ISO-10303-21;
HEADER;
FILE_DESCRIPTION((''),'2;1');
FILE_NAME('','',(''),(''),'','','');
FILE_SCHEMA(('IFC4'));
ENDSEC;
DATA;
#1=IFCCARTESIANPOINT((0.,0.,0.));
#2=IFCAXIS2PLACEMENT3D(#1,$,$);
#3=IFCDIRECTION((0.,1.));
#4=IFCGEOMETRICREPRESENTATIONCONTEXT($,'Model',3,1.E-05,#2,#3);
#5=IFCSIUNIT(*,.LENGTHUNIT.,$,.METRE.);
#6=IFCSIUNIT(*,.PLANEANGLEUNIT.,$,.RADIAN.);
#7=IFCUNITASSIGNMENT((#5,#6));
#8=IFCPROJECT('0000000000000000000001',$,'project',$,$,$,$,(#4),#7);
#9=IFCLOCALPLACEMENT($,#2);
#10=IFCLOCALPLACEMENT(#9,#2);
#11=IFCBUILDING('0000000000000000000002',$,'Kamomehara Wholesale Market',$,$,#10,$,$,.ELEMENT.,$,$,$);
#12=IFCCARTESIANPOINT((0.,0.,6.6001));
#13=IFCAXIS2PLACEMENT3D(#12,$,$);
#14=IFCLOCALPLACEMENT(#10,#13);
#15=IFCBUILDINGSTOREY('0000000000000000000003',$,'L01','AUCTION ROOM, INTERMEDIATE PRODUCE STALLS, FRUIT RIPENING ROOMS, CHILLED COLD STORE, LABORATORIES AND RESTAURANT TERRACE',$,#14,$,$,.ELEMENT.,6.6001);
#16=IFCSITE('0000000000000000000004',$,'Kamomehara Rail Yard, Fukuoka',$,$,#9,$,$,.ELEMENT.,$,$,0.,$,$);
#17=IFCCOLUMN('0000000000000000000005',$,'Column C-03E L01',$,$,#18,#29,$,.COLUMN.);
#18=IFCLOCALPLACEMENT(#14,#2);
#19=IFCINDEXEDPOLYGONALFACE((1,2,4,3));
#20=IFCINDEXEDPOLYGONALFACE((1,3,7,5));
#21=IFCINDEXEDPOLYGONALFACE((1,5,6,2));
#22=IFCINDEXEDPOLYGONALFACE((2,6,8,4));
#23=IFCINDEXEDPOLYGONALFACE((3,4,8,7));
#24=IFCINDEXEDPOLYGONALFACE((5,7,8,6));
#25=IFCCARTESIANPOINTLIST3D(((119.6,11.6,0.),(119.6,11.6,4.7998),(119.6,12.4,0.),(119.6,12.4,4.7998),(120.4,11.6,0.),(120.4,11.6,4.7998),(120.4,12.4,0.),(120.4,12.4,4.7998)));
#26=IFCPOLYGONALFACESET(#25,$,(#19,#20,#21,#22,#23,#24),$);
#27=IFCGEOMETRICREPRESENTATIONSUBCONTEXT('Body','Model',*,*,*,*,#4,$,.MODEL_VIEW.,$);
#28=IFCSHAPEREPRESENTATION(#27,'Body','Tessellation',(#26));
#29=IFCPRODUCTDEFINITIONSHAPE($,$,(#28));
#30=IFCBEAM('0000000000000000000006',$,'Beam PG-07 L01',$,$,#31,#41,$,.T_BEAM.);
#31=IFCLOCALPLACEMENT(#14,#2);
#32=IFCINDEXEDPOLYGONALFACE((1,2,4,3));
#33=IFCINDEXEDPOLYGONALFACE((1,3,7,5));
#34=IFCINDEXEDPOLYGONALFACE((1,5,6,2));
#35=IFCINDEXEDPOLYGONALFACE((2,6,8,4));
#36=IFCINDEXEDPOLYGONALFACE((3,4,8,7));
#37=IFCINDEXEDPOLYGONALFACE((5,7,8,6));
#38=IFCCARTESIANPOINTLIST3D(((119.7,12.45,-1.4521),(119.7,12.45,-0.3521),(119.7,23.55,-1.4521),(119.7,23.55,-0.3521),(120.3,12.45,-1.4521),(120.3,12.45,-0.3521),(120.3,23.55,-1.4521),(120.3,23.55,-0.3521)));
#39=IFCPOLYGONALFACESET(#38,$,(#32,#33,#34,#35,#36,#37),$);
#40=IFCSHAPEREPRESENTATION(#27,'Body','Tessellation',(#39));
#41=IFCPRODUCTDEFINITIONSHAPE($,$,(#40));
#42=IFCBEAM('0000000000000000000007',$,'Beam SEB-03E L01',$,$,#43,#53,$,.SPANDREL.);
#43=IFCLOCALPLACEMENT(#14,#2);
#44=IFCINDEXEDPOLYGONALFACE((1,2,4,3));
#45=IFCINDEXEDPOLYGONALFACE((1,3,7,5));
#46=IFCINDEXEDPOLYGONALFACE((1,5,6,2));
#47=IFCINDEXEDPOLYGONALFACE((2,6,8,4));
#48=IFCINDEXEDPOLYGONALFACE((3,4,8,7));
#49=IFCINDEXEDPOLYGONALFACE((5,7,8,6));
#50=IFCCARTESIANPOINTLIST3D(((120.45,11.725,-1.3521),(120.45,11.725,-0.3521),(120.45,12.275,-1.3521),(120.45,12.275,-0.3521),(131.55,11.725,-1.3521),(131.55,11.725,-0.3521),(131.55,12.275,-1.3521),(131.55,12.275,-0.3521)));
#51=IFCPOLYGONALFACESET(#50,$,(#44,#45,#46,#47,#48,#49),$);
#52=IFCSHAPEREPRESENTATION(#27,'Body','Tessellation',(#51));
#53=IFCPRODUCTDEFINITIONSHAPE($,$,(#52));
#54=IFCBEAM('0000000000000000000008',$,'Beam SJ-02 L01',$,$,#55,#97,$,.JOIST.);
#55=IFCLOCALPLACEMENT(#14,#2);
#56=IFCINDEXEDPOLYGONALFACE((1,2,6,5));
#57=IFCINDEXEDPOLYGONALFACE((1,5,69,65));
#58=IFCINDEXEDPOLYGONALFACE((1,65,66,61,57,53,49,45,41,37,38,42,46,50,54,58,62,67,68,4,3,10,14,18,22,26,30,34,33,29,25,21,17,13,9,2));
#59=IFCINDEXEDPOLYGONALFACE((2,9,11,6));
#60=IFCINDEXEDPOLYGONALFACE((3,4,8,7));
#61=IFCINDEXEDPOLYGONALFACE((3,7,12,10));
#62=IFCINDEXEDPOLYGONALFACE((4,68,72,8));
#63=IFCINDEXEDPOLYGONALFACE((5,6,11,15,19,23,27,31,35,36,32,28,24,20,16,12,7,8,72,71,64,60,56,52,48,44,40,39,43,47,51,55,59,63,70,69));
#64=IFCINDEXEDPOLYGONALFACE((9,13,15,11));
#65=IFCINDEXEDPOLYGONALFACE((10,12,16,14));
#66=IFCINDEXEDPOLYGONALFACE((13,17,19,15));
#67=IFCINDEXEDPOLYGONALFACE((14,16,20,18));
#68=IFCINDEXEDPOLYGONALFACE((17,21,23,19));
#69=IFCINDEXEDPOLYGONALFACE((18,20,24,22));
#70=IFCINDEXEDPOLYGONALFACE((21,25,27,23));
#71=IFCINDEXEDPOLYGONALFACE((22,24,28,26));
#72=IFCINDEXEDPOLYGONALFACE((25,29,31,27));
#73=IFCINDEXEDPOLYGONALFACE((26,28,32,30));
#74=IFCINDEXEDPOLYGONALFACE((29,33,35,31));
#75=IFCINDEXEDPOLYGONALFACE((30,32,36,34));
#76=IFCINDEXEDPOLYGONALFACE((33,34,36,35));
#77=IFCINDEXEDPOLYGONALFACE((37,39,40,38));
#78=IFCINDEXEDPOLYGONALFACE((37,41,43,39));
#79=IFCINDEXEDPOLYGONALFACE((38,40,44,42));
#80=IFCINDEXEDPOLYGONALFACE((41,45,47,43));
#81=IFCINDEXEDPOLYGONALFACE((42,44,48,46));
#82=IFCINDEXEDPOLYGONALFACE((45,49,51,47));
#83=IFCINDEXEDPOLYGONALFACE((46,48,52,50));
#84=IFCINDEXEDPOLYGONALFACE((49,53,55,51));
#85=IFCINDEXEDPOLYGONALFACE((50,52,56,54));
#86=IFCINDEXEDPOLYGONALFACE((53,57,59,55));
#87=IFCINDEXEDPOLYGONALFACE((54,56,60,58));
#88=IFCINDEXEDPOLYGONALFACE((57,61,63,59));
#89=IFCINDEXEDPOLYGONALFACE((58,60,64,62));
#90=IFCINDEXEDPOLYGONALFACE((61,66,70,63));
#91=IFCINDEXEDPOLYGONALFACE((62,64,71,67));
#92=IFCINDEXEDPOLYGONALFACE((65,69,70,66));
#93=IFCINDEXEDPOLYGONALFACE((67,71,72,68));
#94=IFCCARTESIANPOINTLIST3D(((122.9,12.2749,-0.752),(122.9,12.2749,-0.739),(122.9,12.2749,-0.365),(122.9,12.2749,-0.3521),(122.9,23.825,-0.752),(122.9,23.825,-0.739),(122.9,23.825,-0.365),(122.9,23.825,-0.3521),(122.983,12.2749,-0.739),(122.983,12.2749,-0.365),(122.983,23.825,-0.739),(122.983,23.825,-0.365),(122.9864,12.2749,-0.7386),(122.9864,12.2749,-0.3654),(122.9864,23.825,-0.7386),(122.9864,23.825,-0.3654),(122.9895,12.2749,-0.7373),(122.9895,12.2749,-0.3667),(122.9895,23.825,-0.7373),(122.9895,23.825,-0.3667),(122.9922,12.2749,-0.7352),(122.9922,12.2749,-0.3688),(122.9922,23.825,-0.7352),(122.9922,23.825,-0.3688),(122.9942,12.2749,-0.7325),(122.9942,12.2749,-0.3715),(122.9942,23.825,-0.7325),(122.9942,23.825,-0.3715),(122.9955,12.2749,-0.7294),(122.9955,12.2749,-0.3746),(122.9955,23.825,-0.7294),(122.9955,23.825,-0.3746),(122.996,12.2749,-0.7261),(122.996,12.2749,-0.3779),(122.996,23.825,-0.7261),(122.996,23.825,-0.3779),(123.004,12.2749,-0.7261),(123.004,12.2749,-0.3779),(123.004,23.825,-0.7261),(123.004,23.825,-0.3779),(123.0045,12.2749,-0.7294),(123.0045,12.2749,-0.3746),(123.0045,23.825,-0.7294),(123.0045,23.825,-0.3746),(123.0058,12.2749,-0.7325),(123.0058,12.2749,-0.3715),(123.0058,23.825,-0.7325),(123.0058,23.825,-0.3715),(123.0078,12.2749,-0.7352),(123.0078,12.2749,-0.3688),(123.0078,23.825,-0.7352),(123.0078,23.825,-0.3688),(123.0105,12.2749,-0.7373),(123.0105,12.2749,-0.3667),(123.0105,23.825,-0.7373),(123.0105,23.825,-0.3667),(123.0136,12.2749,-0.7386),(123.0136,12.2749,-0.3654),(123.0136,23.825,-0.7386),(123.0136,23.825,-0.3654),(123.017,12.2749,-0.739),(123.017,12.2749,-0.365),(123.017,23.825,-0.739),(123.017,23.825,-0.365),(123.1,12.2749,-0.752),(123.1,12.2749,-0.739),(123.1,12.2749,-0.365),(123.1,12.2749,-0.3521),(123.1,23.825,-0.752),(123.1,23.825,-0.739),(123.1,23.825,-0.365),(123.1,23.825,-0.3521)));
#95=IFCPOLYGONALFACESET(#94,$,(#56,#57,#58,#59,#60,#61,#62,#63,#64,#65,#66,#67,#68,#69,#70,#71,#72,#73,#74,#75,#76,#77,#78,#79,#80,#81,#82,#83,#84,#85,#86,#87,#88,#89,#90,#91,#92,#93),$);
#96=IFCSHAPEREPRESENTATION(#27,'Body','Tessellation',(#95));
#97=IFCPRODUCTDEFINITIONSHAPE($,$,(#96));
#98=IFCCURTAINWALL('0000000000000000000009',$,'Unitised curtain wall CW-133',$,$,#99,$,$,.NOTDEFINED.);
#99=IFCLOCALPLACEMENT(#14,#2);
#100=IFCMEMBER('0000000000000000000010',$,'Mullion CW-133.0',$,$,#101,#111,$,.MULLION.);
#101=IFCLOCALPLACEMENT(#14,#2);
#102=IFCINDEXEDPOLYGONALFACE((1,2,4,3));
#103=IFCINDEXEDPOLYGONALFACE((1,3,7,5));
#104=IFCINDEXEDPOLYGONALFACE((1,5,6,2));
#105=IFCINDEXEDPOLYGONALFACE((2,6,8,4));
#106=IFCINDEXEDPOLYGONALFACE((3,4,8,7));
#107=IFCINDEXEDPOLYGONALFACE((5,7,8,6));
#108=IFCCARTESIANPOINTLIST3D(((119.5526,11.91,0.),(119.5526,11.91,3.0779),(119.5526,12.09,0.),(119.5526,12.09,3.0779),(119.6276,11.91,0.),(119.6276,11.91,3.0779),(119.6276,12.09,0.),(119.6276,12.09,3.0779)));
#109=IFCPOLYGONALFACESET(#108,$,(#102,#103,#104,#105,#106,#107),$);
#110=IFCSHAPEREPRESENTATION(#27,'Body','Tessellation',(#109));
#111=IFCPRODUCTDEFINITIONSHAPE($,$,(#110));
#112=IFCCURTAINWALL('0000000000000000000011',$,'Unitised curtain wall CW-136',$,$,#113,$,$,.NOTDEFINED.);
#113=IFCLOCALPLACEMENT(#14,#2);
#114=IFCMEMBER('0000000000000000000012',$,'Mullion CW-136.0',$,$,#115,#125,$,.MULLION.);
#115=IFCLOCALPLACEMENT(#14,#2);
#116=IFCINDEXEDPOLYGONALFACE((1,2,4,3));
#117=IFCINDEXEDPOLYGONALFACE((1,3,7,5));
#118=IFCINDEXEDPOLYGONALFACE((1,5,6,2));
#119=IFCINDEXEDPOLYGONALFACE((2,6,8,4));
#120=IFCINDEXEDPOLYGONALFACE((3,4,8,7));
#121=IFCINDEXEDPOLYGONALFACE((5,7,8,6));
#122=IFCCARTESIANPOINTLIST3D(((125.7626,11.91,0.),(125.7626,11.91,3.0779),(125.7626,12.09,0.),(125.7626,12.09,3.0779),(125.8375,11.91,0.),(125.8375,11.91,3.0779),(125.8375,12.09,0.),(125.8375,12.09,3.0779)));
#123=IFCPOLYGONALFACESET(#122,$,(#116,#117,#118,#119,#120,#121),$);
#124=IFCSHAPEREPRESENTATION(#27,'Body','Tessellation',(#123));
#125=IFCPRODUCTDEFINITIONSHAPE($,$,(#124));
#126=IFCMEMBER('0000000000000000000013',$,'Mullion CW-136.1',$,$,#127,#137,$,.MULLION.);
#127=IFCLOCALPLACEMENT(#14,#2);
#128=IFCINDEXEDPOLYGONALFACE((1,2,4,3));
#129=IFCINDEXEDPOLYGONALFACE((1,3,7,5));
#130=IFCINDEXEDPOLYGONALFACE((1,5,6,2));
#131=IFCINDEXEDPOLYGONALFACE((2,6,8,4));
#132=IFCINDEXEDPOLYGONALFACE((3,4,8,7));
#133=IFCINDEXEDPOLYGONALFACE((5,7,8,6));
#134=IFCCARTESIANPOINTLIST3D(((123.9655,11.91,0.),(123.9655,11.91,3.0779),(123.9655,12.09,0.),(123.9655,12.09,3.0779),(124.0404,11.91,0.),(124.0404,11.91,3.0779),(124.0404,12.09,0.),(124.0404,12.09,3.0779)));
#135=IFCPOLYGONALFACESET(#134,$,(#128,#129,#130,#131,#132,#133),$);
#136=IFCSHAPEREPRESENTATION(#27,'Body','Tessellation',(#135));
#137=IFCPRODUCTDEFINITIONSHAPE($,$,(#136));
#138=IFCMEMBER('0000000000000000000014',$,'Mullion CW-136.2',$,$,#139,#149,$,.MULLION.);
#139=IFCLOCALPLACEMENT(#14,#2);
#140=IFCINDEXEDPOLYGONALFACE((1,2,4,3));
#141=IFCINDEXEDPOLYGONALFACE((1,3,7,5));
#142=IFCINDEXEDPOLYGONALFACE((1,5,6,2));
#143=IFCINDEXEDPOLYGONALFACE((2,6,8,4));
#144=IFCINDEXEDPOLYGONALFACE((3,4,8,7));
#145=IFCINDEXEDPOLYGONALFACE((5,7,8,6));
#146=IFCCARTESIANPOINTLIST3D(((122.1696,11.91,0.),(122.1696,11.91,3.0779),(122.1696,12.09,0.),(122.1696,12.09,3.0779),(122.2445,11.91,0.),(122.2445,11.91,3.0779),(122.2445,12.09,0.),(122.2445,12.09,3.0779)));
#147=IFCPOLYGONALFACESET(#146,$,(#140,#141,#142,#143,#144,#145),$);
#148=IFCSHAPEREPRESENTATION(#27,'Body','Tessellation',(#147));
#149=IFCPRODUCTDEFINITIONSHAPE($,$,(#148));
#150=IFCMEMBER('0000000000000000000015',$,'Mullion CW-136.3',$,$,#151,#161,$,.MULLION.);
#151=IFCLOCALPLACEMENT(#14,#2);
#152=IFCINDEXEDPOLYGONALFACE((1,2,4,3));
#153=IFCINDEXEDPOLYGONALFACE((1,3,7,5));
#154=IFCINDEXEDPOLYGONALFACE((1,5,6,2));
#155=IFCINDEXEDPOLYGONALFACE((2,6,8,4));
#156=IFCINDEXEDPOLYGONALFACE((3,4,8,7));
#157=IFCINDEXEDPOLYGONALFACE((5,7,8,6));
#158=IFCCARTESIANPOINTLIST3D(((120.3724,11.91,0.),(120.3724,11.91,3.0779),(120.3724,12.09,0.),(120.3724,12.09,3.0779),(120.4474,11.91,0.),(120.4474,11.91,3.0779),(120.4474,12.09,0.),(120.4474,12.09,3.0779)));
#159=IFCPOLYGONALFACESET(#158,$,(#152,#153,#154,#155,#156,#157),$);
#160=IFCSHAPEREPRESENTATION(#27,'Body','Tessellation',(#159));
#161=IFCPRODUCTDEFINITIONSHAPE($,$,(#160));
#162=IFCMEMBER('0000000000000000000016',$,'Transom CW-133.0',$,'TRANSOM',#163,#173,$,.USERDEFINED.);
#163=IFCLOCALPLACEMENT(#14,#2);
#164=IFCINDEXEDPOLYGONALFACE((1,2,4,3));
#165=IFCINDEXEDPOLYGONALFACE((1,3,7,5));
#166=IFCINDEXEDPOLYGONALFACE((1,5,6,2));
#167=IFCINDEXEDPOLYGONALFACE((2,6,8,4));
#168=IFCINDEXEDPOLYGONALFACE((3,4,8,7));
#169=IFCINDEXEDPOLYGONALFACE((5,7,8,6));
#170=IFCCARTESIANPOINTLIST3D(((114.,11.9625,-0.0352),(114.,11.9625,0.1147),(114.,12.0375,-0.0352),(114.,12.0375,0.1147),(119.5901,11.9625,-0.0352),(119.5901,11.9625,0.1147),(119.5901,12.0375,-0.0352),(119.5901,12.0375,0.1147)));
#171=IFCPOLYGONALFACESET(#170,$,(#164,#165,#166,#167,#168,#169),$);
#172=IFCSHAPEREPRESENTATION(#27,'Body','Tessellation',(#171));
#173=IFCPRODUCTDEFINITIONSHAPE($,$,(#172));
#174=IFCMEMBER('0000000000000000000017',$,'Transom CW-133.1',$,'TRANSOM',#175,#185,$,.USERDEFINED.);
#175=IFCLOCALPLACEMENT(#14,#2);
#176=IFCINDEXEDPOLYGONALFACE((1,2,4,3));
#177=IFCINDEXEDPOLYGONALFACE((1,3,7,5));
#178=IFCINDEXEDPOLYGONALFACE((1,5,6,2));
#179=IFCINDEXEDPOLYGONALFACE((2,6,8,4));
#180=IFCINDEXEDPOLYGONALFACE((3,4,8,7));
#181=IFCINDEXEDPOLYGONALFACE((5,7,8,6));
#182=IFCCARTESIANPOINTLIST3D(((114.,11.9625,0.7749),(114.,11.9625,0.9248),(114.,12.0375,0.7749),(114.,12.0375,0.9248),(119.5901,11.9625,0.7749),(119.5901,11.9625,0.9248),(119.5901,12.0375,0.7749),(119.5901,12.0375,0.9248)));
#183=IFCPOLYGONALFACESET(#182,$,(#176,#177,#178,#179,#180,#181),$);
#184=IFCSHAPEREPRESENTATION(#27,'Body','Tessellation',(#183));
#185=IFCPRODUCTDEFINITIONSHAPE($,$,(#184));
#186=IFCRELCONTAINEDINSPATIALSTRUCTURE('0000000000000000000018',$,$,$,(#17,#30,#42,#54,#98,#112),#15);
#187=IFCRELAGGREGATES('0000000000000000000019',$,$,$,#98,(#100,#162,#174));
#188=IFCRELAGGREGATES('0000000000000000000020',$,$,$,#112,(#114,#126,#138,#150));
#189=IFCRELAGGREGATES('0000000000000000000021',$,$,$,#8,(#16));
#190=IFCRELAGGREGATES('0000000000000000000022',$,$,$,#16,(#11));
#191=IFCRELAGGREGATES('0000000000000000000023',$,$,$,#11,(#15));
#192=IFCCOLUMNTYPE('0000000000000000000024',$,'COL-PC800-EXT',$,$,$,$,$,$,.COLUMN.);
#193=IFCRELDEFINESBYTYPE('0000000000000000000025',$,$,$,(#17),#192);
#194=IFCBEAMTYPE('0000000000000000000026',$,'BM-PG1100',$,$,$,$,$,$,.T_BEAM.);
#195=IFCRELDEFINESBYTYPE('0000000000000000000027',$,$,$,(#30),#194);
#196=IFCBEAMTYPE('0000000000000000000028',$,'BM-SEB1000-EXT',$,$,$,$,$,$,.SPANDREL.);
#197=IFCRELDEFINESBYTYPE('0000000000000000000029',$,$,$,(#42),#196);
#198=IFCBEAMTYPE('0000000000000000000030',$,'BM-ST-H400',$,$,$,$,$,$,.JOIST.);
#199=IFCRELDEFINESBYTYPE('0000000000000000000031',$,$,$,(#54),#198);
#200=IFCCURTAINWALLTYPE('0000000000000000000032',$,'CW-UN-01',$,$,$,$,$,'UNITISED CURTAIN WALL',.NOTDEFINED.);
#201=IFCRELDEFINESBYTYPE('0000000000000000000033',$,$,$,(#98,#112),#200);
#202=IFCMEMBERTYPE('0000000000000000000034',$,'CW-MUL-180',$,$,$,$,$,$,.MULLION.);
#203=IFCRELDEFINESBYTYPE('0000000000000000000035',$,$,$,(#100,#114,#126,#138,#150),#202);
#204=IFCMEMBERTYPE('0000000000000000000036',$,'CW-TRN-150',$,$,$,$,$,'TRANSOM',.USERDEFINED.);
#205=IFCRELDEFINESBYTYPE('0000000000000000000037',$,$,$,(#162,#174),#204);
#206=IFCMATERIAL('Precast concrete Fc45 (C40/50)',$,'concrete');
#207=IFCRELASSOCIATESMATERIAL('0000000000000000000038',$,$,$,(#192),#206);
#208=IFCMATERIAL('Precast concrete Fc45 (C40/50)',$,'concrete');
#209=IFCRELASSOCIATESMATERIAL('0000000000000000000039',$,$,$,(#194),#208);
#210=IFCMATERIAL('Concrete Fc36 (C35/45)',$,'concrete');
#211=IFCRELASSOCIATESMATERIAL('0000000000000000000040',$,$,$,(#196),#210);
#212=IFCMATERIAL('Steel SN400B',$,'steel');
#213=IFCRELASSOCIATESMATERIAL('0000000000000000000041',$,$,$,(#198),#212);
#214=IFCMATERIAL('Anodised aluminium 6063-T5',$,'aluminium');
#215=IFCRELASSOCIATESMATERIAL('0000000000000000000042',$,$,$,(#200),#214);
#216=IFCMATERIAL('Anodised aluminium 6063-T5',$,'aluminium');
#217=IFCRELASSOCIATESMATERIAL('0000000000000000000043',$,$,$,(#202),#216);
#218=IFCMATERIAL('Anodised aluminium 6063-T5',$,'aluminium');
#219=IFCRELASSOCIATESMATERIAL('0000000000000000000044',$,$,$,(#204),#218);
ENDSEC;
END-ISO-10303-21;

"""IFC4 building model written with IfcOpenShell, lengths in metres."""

from ifc_helpers import new_model, si_unit, direction, frame, origin, origin_2d, place, context, subcontext, project, spatial, rectangle, i_section, extrude, material, material_profile, profile_set, type_object, element, aggregate, save


model = new_model("IFC4")

# Units and contexts
model_context = context("Model", 3, precision=1e-05, world=origin(), true_north=direction((0.0, 1.0)))
body_context = subcontext(model_context, "Body", "Model", "MODEL_VIEW")
ifc_project = project(units=[si_unit("LENGTHUNIT", "METRE"), si_unit("PLANEANGLEUNIT", "RADIAN")], contexts=[model_context])

# Site, building, storey
site_placement = place(None, origin())
site = spatial("IfcSite", under=ifc_project, at=site_placement, Name="Kamomehara Rail Yard, Fukuoka", CompositionType="ELEMENT", RefElevation=0.0)
building_placement = place(site_placement, origin())
building = spatial("IfcBuilding", under=site, at=building_placement, Name="Kamomehara Wholesale Market", CompositionType="ELEMENT")
storey_placement = place(building_placement, frame((0.0, 0.0, 6.6001)))
storey = spatial("IfcBuildingStorey", under=building, at=storey_placement, Name="L01", Description="AUCTION ROOM, INTERMEDIATE PRODUCE STALLS, FRUIT RIPENING ROOMS, CHILLED COLD STORE, LABORATORIES AND RESTAURANT TERRACE", CompositionType="ELEMENT", Elevation=6.6001)

# Column
ifc_material_1 = material(Name="Precast concrete Fc45 (C40/50)", Category="concrete")
ifc_material_profile_1 = material_profile(ifc_material_1, rectangle(XDim=0.8, YDim=0.8, at=origin_2d()), Name="PC-COL-800x800")
ifc_profile_set_1 = profile_set([ifc_material_profile_1], Name="Precast concrete Fc45 (C40/50)")
column_type = type_object("IfcColumnType", Name="COL-PC800-EXT", PredefinedType="COLUMN", material=ifc_profile_set_1)
column_placement = place(storey_placement, frame((120.0, 12.0, 0.0), z_axis=(0.0, 0.0, 1.0), x_axis=(1.0, 0.0, 0.0)))
element("IfcColumn", 1, at=column_placement, inside=storey, type_object=column_type, Name="Column C-03E L01", PredefinedType="COLUMN", context=body_context, shape_type="SweptSolid", body=[
    extrude(rectangle(XDim=0.8, YDim=0.8, at=origin_2d()), origin(), (0.0, 0.0, 1.0), 4.7998),
])

# Beams
ifc_material_2 = material(Name="Precast concrete Fc45 (C40/50)", Category="concrete")
ifc_material_profile_2 = material_profile(ifc_material_2, rectangle(XDim=0.6001, YDim=1.1001, at=origin_2d()), Name="PC-GRD-600x1100")
ifc_profile_set_2 = profile_set([ifc_material_profile_2], Name="Precast concrete Fc45 (C40/50)")
beam_type_1 = type_object("IfcBeamType", Name="BM-PG1100", PredefinedType="T_BEAM", material=ifc_profile_set_2)
beam_1_placement = place(storey_placement, frame((120.0, 12.45, -0.9021), z_axis=(0.0, 1.0, 0.0), x_axis=(-1.0, 0.0, 0.0)))
element("IfcBeam", 2, at=beam_1_placement, inside=storey, type_object=beam_type_1, Name="Beam PG-07 L01", PredefinedType="T_BEAM", context=body_context, shape_type="SweptSolid", body=[
    extrude(rectangle(XDim=0.6001, YDim=1.1001, at=origin_2d()), origin(), (0.0, 0.0, 1.0), 11.1001),
])
ifc_material_3 = material(Name="Concrete Fc36 (C35/45)", Category="concrete")
ifc_material_profile_3 = material_profile(ifc_material_3, rectangle(XDim=0.55, YDim=1.0, at=origin_2d()), Name="RC-SEB-550x1000")
ifc_profile_set_3 = profile_set([ifc_material_profile_3], Name="Concrete Fc36 (C35/45)")
beam_type_2 = type_object("IfcBeamType", Name="BM-SEB1000-EXT", PredefinedType="SPANDREL", material=ifc_profile_set_3)
beam_2_placement = place(storey_placement, frame((120.45, 12.0, -0.8521), z_axis=(1.0, 0.0, 0.0), x_axis=(0.0, 1.0, 0.0)))
element("IfcBeam", 3, at=beam_2_placement, inside=storey, type_object=beam_type_2, Name="Beam SEB-03E L01", PredefinedType="SPANDREL", context=body_context, shape_type="SweptSolid", body=[
    extrude(rectangle(XDim=0.55, YDim=1.0, at=origin_2d()), origin(), (0.0, 0.0, 1.0), 11.1001),
])
ifc_material_4 = material(Name="Steel SN400B", Category="steel")
ifc_material_profile_4 = material_profile(ifc_material_4, i_section(OverallWidth=0.2, OverallDepth=0.3999, WebThickness=0.0081, FlangeThickness=0.0129, FilletRadius=0.0129, at=origin_2d()), Name="H-400x200x8x13")
ifc_profile_set_4 = profile_set([ifc_material_profile_4], Name="Steel SN400B")
beam_type_3 = type_object("IfcBeamType", Name="BM-ST-H400", PredefinedType="JOIST", material=ifc_profile_set_4)
beam_3_placement = place(storey_placement, frame((123.0, 12.2749, -0.552), z_axis=(0.0, 1.0, 0.0), x_axis=(-1.0, 0.0, 0.0)))
element("IfcBeam", 4, at=beam_3_placement, inside=storey, type_object=beam_type_3, Name="Beam SJ-02 L01", PredefinedType="JOIST", context=body_context, shape_type="SweptSolid", body=[
    extrude(i_section(OverallWidth=0.2, OverallDepth=0.3999, WebThickness=0.0081, FlangeThickness=0.0129, FilletRadius=0.0129, at=origin_2d()), origin(), (0.0, 0.0, 1.0), 11.55),
])

# Curtain wall, member
ifc_material_5 = material(Name="Anodised aluminium 6063-T5", Category="aluminium")
curtain_wall_type = type_object("IfcCurtainWallType", Name="CW-UN-01", ElementType="UNITISED CURTAIN WALL", PredefinedType="NOTDEFINED", material=ifc_material_5)
curtain_wall_1_placement = place(storey_placement, origin())
curtain_wall_1 = element("IfcCurtainWall", 5, at=curtain_wall_1_placement, inside=storey, type_object=curtain_wall_type, Name="Unitised curtain wall CW-133", PredefinedType="NOTDEFINED")
ifc_material_6 = material(Name="Anodised aluminium 6063-T5", Category="aluminium")
ifc_material_profile_5 = material_profile(ifc_material_6, rectangle(XDim=0.075, YDim=0.1799, at=origin_2d()), Name="ALU-MUL-75x180")
ifc_profile_set_5 = profile_set([ifc_material_profile_5], Name="Anodised aluminium 6063-T5")
member_type_1 = type_object("IfcMemberType", Name="CW-MUL-180", PredefinedType="MULLION", material=ifc_profile_set_5)
member_1_placement = place(storey_placement, frame((119.5901, 12.0, 0.0), z_axis=(0.0, 0.0, 1.0), x_axis=(-1.0, 0.0, 0.0)))
member_1 = element("IfcMember", 6, at=member_1_placement, type_object=member_type_1, Name="Mullion CW-133.0", PredefinedType="MULLION", context=body_context, shape_type="SweptSolid", body=[
    extrude(rectangle(XDim=0.075, YDim=0.1799, at=origin_2d()), origin(), (0.0, 0.0, 1.0), 3.0779),
])

# Curtain wall, members
curtain_wall_2_placement = place(storey_placement, origin())
curtain_wall_2 = element("IfcCurtainWall", 7, at=curtain_wall_2_placement, inside=storey, type_object=curtain_wall_type, Name="Unitised curtain wall CW-136", PredefinedType="NOTDEFINED")
member_2_placement = place(storey_placement, frame((125.8, 12.0, 0.0), z_axis=(0.0, 0.0, 1.0), x_axis=(-1.0, 0.0, 0.0)))
member_2 = element("IfcMember", 8, at=member_2_placement, type_object=member_type_1, Name="Mullion CW-136.0", PredefinedType="MULLION", context=body_context, shape_type="SweptSolid", body=[
    extrude(rectangle(XDim=0.075, YDim=0.1799, at=origin_2d()), origin(), (0.0, 0.0, 1.0), 3.0779),
])
member_3_placement = place(storey_placement, frame((124.0029, 12.0, 0.0), z_axis=(0.0, 0.0, 1.0), x_axis=(-1.0, 0.0, 0.0)))
member_3 = element("IfcMember", 9, at=member_3_placement, type_object=member_type_1, Name="Mullion CW-136.1", PredefinedType="MULLION", context=body_context, shape_type="SweptSolid", body=[
    extrude(rectangle(XDim=0.075, YDim=0.1799, at=origin_2d()), origin(), (0.0, 0.0, 1.0), 3.0779),
])
member_4_placement = place(storey_placement, frame((122.207, 12.0, 0.0), z_axis=(0.0, 0.0, 1.0), x_axis=(-1.0, 0.0, 0.0)))
member_4 = element("IfcMember", 10, at=member_4_placement, type_object=member_type_1, Name="Mullion CW-136.2", PredefinedType="MULLION", context=body_context, shape_type="SweptSolid", body=[
    extrude(rectangle(XDim=0.075, YDim=0.1799, at=origin_2d()), origin(), (0.0, 0.0, 1.0), 3.0779),
])
member_5_placement = place(storey_placement, frame((120.4099, 12.0, 0.0), z_axis=(0.0, 0.0, 1.0), x_axis=(-1.0, 0.0, 0.0)))
member_5 = element("IfcMember", 11, at=member_5_placement, type_object=member_type_1, Name="Mullion CW-136.3", PredefinedType="MULLION", context=body_context, shape_type="SweptSolid", body=[
    extrude(rectangle(XDim=0.075, YDim=0.1799, at=origin_2d()), origin(), (0.0, 0.0, 1.0), 3.0779),
])

# Members
ifc_material_7 = material(Name="Anodised aluminium 6063-T5", Category="aluminium")
ifc_material_profile_6 = material_profile(ifc_material_7, rectangle(XDim=0.075, YDim=0.1499, at=origin_2d()), Name="ALU-TRN-75x150")
ifc_profile_set_6 = profile_set([ifc_material_profile_6], Name="Anodised aluminium 6063-T5")
member_type_2 = type_object("IfcMemberType", Name="CW-TRN-150", ElementType="TRANSOM", PredefinedType="USERDEFINED", material=ifc_profile_set_6)
member_6_placement = place(storey_placement, frame((119.5901, 12.0, 0.0398), z_axis=(-1.0, 0.0, 0.0), x_axis=(0.0, -1.0, 0.0)))
member_6 = element("IfcMember", 12, at=member_6_placement, type_object=member_type_2, Name="Transom CW-133.0", ObjectType="TRANSOM", PredefinedType="USERDEFINED", context=body_context, shape_type="SweptSolid", body=[
    extrude(rectangle(XDim=0.075, YDim=0.1499, at=origin_2d()), origin(), (0.0, 0.0, 1.0), 5.5901),
])
member_7_placement = place(storey_placement, frame((119.5901, 12.0, 0.8499), z_axis=(-1.0, 0.0, 0.0), x_axis=(0.0, -1.0, 0.0)))
member_7 = element("IfcMember", 13, at=member_7_placement, type_object=member_type_2, Name="Transom CW-133.1", ObjectType="TRANSOM", PredefinedType="USERDEFINED", context=body_context, shape_type="SweptSolid", body=[
    extrude(rectangle(XDim=0.075, YDim=0.1499, at=origin_2d()), origin(), (0.0, 0.0, 1.0), 5.5901),
])

aggregate(curtain_wall_1, [member_1, member_6, member_7])
aggregate(curtain_wall_2, [member_2, member_3, member_4, member_5])

save(model, "model.ifc")
